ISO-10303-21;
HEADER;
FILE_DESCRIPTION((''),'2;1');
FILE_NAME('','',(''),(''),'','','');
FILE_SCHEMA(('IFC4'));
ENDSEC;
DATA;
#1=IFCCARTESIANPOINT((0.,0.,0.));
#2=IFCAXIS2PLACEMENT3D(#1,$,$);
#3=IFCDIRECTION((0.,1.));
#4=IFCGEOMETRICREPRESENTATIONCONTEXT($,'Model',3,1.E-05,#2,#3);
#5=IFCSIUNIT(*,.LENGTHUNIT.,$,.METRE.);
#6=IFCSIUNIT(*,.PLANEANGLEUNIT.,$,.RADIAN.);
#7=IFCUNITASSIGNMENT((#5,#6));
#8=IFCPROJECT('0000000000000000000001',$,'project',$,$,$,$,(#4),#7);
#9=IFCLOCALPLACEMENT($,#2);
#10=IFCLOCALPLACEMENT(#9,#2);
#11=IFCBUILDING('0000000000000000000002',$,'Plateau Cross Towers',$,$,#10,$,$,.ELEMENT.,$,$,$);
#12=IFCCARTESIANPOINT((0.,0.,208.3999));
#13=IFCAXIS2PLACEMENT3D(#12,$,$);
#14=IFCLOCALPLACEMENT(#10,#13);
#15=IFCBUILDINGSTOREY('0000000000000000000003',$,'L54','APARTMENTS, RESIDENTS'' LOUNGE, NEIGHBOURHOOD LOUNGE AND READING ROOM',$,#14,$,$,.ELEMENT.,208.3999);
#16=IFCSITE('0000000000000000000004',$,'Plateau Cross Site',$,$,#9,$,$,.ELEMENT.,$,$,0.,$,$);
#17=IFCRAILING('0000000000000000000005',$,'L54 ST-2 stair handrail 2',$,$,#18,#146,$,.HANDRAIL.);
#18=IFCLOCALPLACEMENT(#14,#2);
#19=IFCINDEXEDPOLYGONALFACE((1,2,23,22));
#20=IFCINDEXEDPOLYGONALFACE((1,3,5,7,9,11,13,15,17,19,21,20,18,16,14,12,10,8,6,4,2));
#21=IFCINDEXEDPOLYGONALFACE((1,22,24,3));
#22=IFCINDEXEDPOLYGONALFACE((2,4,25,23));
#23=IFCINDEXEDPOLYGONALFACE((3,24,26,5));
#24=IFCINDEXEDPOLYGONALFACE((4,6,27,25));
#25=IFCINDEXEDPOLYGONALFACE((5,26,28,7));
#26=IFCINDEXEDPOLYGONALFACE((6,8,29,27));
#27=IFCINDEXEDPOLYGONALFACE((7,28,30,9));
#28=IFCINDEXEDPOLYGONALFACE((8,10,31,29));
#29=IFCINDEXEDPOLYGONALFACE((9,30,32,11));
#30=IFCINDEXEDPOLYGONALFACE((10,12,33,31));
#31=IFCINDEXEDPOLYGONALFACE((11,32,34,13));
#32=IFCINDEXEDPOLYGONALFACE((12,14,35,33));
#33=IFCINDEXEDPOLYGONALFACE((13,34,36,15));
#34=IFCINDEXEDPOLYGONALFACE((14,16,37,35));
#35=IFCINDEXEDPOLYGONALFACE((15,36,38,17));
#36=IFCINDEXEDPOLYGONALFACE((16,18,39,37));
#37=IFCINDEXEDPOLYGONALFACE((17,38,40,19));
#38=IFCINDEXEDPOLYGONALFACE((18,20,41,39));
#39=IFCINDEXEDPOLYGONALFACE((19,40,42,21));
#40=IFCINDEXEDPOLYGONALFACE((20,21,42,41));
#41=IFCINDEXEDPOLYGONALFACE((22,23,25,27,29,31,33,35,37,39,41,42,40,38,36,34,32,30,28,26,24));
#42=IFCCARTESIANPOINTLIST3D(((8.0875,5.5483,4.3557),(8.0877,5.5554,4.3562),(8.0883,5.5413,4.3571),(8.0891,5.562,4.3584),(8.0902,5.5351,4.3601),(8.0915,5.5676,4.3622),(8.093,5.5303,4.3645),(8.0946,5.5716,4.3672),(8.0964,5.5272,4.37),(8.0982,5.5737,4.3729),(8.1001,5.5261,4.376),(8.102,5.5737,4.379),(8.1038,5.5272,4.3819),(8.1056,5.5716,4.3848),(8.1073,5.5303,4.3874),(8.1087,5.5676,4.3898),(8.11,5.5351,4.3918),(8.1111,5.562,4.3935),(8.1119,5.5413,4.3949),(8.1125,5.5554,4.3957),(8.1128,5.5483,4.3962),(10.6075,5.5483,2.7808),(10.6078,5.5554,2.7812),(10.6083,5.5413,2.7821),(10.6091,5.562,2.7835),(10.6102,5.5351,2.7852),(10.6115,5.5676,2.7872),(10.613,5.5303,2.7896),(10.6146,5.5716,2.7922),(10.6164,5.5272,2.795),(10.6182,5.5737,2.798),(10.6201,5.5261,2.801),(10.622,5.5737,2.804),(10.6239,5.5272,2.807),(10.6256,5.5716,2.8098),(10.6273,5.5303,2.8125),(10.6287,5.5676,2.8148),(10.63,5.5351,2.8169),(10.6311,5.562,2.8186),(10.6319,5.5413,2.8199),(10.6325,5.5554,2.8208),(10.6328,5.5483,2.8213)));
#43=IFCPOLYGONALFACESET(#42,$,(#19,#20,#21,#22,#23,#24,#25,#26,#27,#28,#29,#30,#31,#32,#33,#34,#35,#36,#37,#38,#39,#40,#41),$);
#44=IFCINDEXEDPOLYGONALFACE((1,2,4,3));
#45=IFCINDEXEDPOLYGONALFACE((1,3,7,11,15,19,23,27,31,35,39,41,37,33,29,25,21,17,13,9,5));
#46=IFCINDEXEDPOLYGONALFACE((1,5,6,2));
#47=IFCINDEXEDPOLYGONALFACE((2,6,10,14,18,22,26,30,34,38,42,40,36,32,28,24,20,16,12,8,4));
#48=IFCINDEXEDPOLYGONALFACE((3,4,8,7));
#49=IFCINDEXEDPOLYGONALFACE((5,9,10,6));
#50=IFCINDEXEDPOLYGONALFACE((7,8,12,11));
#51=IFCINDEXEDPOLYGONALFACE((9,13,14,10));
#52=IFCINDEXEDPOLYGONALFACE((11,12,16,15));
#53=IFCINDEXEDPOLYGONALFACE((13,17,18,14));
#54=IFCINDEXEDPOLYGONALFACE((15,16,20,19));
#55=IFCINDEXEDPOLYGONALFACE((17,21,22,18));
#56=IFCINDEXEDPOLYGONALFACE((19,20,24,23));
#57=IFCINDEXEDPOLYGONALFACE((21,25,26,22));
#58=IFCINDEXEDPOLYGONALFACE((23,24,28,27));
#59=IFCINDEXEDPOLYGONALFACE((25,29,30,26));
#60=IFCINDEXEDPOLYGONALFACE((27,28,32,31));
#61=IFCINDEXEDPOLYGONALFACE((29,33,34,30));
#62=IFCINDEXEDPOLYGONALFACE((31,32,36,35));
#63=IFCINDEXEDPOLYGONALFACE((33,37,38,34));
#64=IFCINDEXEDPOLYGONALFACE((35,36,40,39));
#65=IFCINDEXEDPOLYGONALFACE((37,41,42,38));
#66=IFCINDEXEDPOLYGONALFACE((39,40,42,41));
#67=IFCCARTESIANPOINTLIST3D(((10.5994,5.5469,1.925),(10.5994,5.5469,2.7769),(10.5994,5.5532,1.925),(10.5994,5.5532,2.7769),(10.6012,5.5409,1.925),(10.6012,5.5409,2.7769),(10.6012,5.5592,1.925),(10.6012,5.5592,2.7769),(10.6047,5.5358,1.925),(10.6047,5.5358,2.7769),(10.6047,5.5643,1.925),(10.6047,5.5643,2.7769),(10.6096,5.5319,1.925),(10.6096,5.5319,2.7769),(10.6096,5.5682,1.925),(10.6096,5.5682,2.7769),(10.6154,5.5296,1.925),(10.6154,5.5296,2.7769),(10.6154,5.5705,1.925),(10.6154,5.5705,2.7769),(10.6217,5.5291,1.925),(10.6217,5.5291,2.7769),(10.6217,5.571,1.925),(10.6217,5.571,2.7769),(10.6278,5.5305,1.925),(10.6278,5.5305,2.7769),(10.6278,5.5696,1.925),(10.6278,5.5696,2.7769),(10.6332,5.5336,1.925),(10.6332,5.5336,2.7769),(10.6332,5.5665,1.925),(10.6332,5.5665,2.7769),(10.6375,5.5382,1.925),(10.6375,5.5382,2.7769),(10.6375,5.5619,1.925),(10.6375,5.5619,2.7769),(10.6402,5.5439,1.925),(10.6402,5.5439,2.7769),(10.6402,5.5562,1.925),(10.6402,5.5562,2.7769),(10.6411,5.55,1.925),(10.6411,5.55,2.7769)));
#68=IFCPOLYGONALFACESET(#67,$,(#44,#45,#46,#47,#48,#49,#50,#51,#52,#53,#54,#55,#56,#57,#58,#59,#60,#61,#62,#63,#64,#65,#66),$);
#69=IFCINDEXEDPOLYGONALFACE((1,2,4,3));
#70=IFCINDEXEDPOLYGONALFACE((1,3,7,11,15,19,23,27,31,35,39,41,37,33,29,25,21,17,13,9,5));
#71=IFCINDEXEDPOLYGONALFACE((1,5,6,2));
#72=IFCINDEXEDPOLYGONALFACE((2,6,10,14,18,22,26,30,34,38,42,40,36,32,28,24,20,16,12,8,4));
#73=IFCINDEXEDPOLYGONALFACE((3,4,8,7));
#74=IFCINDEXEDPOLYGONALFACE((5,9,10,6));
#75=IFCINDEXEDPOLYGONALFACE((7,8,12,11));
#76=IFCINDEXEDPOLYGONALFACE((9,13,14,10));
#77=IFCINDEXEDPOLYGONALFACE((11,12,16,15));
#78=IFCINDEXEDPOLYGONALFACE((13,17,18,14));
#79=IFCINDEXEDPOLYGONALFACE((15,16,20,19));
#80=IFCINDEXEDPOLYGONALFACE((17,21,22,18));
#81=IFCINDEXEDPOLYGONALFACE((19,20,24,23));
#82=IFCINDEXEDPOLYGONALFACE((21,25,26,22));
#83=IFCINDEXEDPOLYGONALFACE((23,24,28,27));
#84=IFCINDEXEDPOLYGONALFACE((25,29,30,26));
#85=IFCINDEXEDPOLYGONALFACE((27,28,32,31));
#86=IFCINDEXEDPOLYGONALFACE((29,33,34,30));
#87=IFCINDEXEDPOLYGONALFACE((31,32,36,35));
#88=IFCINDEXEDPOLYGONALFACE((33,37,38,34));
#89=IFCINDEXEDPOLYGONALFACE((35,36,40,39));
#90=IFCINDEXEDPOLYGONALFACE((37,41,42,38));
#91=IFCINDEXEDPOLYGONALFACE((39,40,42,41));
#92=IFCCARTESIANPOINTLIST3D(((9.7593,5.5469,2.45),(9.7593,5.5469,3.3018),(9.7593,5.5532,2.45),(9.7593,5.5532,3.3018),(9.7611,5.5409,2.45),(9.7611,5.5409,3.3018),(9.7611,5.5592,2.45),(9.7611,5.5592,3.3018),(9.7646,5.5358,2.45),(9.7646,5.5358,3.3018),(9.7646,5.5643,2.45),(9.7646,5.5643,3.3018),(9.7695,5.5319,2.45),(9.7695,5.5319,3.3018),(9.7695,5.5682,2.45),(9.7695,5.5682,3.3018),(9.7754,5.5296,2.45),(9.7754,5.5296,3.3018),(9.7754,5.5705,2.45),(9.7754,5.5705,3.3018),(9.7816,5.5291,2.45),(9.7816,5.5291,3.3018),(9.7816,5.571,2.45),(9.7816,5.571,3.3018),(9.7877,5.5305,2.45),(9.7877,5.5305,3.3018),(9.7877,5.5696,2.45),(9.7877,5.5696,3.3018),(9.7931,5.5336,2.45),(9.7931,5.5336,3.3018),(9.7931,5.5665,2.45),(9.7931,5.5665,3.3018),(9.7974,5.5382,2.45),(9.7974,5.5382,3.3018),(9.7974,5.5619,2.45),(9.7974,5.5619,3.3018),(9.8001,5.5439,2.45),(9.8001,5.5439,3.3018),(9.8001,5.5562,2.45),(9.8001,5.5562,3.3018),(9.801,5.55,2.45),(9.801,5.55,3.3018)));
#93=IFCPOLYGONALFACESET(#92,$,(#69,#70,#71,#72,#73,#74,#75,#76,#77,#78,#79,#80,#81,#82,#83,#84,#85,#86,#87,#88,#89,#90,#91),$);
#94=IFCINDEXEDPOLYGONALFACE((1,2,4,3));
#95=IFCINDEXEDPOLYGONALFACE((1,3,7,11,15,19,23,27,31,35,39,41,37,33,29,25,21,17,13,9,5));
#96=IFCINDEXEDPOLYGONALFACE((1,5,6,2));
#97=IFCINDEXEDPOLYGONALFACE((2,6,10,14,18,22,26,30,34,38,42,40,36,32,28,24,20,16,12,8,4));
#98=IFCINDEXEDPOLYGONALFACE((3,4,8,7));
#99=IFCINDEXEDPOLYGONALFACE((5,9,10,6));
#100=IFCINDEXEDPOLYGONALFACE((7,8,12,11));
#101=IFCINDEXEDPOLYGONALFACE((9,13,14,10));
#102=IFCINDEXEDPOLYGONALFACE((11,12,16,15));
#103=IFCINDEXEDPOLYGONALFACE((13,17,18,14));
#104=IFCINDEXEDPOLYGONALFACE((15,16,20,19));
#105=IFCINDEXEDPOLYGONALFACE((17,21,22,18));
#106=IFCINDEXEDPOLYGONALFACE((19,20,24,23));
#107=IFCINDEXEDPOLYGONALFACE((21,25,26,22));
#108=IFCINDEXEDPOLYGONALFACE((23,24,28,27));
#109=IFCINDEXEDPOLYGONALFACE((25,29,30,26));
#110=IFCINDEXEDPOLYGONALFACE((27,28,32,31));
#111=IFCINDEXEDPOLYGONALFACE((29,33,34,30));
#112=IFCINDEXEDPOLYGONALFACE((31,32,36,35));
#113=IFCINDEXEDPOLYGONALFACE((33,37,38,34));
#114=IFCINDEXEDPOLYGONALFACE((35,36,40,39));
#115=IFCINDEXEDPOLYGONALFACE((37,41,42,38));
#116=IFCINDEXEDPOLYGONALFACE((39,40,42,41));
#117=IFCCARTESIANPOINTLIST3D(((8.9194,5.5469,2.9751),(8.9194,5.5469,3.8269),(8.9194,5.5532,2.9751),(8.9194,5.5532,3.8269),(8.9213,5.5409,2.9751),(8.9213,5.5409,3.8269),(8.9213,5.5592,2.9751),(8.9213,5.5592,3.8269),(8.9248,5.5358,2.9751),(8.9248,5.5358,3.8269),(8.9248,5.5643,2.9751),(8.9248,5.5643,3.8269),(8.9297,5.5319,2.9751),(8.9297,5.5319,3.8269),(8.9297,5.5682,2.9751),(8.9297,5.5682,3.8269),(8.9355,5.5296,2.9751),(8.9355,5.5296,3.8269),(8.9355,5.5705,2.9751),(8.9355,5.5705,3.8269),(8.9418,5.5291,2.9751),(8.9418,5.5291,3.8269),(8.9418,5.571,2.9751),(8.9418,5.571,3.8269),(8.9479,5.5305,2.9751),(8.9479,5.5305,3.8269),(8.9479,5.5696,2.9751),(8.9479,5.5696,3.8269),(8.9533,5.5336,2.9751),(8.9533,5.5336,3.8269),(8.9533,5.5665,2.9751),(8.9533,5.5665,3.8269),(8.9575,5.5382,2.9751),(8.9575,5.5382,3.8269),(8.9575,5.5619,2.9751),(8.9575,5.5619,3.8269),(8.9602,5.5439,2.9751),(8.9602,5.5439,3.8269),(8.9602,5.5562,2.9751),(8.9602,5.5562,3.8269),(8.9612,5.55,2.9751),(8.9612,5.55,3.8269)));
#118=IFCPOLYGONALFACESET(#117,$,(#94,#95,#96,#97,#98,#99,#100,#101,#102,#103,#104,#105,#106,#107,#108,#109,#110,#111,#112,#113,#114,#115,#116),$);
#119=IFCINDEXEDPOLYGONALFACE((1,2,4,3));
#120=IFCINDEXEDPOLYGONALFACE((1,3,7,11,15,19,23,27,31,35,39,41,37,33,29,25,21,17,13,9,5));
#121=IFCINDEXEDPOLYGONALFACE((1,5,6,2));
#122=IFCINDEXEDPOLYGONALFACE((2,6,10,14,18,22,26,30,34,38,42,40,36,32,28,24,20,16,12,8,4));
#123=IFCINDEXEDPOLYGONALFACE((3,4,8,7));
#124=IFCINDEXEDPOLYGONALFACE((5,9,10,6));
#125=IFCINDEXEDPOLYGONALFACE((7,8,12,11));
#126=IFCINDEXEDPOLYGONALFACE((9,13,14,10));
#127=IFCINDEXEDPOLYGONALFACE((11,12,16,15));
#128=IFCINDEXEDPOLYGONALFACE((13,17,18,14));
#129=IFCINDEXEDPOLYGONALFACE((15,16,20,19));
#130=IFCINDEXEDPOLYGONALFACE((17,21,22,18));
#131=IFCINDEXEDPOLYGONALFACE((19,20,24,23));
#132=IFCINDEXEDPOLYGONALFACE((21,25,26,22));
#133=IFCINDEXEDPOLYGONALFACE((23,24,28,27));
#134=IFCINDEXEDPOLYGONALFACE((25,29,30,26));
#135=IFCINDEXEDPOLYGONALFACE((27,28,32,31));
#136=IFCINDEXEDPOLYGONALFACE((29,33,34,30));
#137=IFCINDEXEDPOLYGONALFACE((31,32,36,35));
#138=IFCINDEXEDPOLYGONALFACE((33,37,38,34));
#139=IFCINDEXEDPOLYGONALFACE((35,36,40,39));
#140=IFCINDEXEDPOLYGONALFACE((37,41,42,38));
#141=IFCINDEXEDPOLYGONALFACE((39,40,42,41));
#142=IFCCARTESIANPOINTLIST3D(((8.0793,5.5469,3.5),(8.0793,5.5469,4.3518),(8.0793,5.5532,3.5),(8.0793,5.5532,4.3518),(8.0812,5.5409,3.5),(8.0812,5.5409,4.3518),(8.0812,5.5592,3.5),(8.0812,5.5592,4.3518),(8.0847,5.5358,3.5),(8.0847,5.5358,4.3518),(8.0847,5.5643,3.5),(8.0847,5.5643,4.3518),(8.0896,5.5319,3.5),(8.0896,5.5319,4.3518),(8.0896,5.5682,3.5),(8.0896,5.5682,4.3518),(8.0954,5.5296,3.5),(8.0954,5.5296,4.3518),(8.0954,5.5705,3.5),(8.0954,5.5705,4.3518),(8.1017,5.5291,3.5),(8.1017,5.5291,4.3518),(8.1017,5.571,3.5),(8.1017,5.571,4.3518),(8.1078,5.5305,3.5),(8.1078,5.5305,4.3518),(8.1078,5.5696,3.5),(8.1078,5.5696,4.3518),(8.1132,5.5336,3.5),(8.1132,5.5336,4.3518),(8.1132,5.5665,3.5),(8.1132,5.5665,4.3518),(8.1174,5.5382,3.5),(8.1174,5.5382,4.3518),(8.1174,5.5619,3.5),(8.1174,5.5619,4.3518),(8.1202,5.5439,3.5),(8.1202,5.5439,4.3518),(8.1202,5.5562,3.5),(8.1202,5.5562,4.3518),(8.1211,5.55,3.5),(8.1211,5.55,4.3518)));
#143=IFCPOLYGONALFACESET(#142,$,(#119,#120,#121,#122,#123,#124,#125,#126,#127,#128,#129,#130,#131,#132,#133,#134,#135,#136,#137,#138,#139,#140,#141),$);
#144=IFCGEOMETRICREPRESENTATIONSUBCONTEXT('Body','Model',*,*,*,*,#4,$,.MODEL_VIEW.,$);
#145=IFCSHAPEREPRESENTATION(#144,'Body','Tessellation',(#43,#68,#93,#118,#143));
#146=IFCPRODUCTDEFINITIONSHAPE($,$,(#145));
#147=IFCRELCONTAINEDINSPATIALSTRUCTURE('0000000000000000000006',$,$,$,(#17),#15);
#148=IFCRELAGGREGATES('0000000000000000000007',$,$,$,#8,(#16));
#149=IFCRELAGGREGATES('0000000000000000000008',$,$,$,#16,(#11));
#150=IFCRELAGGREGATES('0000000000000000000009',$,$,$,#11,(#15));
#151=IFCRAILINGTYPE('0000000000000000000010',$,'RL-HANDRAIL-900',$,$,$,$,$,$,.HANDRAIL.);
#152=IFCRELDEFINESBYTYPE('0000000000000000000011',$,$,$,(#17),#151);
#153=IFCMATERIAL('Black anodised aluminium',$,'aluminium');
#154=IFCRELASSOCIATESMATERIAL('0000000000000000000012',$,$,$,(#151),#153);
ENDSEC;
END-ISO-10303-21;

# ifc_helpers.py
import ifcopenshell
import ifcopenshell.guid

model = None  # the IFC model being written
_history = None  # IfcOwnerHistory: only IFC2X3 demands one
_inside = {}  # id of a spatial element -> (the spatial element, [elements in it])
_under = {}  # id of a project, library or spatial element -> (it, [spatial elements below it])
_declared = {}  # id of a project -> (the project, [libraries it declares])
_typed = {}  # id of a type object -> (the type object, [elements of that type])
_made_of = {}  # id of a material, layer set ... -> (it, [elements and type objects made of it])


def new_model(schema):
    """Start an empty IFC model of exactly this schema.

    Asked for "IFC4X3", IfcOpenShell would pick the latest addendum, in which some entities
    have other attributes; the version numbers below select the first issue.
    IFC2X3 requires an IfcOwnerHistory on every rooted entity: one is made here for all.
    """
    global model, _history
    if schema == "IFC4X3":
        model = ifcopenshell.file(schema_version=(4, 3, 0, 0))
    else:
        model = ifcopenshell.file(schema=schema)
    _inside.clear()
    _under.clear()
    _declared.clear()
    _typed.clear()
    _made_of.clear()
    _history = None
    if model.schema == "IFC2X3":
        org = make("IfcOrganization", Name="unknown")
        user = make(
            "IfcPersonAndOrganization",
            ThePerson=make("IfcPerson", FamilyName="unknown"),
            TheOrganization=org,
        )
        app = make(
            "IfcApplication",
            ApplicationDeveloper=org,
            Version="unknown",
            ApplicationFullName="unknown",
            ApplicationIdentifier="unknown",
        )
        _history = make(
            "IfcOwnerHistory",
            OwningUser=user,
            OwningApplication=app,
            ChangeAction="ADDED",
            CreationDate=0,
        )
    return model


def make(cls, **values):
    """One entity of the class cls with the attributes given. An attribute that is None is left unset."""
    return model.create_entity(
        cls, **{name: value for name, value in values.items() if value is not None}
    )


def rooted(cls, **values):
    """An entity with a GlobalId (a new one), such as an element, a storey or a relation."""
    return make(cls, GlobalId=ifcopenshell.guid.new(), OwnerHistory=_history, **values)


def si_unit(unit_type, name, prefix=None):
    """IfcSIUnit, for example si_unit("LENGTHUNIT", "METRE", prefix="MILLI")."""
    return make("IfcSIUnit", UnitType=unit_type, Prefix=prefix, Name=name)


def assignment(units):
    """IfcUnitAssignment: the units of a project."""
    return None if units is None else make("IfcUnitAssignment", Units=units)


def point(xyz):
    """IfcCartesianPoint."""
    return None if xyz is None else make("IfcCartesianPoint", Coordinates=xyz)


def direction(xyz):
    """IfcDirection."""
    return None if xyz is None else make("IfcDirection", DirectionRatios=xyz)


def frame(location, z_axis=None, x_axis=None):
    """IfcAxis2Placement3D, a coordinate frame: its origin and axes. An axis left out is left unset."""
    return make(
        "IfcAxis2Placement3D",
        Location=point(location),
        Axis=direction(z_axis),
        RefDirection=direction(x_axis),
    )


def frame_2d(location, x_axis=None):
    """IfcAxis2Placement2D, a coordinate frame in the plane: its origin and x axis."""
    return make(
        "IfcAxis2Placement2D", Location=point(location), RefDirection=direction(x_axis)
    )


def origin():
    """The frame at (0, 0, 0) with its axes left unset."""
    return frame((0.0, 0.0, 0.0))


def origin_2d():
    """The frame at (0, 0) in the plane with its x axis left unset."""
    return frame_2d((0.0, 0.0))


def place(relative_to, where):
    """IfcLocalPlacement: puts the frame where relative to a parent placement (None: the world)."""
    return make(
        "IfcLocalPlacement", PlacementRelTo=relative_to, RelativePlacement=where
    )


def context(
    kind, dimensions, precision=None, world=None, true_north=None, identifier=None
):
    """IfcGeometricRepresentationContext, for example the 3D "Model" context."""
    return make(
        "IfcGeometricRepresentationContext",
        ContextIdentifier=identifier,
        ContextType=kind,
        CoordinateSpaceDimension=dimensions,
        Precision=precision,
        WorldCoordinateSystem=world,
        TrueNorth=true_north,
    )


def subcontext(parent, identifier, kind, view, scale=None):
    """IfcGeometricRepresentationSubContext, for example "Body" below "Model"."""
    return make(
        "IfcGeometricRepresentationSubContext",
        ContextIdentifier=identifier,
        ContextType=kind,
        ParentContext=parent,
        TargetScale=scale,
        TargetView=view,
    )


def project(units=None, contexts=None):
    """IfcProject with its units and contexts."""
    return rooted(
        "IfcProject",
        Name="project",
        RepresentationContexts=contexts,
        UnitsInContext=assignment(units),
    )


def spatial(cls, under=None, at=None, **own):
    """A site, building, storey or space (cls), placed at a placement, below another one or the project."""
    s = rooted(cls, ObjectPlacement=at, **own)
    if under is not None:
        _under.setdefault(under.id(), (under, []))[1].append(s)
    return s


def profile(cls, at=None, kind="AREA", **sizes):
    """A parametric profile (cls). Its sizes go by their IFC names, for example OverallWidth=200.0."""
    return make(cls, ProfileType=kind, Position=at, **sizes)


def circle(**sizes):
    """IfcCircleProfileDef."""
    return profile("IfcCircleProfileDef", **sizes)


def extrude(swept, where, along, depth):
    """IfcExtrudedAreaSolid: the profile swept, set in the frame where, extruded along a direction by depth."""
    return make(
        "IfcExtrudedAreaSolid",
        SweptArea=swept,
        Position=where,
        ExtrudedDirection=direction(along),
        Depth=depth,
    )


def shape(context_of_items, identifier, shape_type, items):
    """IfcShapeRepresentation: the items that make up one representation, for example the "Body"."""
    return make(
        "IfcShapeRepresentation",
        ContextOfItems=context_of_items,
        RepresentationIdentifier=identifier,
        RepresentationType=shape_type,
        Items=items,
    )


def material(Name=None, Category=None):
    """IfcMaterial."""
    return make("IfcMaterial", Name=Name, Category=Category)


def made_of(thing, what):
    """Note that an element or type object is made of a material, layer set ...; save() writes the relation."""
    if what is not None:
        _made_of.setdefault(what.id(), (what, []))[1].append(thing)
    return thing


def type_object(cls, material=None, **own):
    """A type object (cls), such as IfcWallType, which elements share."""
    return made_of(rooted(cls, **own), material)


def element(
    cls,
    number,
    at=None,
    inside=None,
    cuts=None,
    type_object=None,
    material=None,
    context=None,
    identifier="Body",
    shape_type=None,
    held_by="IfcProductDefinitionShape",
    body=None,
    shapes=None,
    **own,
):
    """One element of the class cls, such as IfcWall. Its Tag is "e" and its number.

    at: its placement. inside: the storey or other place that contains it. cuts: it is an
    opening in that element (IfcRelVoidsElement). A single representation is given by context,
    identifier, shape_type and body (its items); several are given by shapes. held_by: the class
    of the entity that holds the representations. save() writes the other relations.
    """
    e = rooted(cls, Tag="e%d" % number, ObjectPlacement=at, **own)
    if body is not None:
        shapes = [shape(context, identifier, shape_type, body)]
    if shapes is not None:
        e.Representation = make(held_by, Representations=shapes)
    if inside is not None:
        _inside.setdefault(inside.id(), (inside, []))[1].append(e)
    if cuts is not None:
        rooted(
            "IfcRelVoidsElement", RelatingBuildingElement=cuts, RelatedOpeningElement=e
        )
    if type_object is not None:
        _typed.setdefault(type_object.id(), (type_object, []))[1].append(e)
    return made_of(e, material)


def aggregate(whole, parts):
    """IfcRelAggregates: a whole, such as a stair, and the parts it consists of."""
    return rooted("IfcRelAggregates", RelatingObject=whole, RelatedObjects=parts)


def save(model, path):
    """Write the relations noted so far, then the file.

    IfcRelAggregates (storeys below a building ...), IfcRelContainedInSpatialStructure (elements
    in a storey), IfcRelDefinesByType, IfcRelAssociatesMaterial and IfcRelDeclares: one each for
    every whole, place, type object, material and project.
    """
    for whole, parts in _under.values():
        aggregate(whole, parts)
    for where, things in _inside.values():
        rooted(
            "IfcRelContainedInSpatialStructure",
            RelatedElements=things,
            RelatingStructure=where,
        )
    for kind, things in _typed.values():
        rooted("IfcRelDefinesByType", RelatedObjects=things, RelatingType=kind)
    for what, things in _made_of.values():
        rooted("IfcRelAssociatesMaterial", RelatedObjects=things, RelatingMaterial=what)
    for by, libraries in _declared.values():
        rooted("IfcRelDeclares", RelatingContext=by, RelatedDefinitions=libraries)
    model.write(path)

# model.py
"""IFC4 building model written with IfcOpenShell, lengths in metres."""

from ifc_helpers import new_model, si_unit, direction, frame, origin, origin_2d, place, context, subcontext, project, spatial, circle, extrude, material, type_object, element, save


model = new_model("IFC4")

# Units and contexts
model_context = context("Model", 3, precision=1e-05, world=origin(), true_north=direction((0.0, 1.0)))
body_context = subcontext(model_context, "Body", "Model", "MODEL_VIEW")
ifc_project = project(units=[si_unit("LENGTHUNIT", "METRE"), si_unit("PLANEANGLEUNIT", "RADIAN")], contexts=[model_context])

# Site, building, storey
site_placement = place(None, origin())
site = spatial("IfcSite", under=ifc_project, at=site_placement, Name="Plateau Cross Site", CompositionType="ELEMENT", RefElevation=0.0)
building_placement = place(site_placement, origin())
building = spatial("IfcBuilding", under=site, at=building_placement, Name="Plateau Cross Towers", CompositionType="ELEMENT")
storey_placement = place(building_placement, frame((0.0, 0.0, 208.3999)))
storey = spatial("IfcBuildingStorey", under=building, at=storey_placement, Name="L54", Description="APARTMENTS, RESIDENTS' LOUNGE, NEIGHBOURHOOD LOUNGE AND READING ROOM", CompositionType="ELEMENT", Elevation=208.3999)

# Railing
ifc_material_1 = material(Name="Black anodised aluminium", Category="aluminium")
railing_type_1 = type_object("IfcRailingType", Name="RL-HANDRAIL-900", PredefinedType="HANDRAIL", material=ifc_material_1)
railing_1_placement = place(storey_placement, frame((10.6201, 5.55, 1.925)))
element("IfcRailing", 1, at=railing_1_placement, inside=storey, type_object=railing_type_1, Name="L54 ST-2 stair handrail 2", PredefinedType="HANDRAIL", context=body_context, shape_type="SweptSolid", body=[
    extrude(circle(Radius=0.0239, at=origin_2d()), frame((0.0, 0.0, 0.876), z_axis=(-0.848008, 0.0, 0.529984), x_axis=(0.0, -1.0, 0.0)), (0.0, 0.0, 1.0), 2.9717),
    extrude(circle(Radius=0.021, at=origin_2d()), origin(), (0.0, 0.0, 1.0), 0.8518),
    extrude(circle(Radius=0.021, at=origin_2d()), frame((-0.8401, 0.0, 0.5249)), (0.0, 0.0, 1.0), 0.8518),
    extrude(circle(Radius=0.021, at=origin_2d()), frame((-1.6799, 0.0, 1.05)), (0.0, 0.0, 1.0), 0.8518),
    extrude(circle(Radius=0.021, at=origin_2d()), frame((-2.52, 0.0, 1.575)), (0.0, 0.0, 1.0), 0.8518),
])

save(model, "model.ifc")
